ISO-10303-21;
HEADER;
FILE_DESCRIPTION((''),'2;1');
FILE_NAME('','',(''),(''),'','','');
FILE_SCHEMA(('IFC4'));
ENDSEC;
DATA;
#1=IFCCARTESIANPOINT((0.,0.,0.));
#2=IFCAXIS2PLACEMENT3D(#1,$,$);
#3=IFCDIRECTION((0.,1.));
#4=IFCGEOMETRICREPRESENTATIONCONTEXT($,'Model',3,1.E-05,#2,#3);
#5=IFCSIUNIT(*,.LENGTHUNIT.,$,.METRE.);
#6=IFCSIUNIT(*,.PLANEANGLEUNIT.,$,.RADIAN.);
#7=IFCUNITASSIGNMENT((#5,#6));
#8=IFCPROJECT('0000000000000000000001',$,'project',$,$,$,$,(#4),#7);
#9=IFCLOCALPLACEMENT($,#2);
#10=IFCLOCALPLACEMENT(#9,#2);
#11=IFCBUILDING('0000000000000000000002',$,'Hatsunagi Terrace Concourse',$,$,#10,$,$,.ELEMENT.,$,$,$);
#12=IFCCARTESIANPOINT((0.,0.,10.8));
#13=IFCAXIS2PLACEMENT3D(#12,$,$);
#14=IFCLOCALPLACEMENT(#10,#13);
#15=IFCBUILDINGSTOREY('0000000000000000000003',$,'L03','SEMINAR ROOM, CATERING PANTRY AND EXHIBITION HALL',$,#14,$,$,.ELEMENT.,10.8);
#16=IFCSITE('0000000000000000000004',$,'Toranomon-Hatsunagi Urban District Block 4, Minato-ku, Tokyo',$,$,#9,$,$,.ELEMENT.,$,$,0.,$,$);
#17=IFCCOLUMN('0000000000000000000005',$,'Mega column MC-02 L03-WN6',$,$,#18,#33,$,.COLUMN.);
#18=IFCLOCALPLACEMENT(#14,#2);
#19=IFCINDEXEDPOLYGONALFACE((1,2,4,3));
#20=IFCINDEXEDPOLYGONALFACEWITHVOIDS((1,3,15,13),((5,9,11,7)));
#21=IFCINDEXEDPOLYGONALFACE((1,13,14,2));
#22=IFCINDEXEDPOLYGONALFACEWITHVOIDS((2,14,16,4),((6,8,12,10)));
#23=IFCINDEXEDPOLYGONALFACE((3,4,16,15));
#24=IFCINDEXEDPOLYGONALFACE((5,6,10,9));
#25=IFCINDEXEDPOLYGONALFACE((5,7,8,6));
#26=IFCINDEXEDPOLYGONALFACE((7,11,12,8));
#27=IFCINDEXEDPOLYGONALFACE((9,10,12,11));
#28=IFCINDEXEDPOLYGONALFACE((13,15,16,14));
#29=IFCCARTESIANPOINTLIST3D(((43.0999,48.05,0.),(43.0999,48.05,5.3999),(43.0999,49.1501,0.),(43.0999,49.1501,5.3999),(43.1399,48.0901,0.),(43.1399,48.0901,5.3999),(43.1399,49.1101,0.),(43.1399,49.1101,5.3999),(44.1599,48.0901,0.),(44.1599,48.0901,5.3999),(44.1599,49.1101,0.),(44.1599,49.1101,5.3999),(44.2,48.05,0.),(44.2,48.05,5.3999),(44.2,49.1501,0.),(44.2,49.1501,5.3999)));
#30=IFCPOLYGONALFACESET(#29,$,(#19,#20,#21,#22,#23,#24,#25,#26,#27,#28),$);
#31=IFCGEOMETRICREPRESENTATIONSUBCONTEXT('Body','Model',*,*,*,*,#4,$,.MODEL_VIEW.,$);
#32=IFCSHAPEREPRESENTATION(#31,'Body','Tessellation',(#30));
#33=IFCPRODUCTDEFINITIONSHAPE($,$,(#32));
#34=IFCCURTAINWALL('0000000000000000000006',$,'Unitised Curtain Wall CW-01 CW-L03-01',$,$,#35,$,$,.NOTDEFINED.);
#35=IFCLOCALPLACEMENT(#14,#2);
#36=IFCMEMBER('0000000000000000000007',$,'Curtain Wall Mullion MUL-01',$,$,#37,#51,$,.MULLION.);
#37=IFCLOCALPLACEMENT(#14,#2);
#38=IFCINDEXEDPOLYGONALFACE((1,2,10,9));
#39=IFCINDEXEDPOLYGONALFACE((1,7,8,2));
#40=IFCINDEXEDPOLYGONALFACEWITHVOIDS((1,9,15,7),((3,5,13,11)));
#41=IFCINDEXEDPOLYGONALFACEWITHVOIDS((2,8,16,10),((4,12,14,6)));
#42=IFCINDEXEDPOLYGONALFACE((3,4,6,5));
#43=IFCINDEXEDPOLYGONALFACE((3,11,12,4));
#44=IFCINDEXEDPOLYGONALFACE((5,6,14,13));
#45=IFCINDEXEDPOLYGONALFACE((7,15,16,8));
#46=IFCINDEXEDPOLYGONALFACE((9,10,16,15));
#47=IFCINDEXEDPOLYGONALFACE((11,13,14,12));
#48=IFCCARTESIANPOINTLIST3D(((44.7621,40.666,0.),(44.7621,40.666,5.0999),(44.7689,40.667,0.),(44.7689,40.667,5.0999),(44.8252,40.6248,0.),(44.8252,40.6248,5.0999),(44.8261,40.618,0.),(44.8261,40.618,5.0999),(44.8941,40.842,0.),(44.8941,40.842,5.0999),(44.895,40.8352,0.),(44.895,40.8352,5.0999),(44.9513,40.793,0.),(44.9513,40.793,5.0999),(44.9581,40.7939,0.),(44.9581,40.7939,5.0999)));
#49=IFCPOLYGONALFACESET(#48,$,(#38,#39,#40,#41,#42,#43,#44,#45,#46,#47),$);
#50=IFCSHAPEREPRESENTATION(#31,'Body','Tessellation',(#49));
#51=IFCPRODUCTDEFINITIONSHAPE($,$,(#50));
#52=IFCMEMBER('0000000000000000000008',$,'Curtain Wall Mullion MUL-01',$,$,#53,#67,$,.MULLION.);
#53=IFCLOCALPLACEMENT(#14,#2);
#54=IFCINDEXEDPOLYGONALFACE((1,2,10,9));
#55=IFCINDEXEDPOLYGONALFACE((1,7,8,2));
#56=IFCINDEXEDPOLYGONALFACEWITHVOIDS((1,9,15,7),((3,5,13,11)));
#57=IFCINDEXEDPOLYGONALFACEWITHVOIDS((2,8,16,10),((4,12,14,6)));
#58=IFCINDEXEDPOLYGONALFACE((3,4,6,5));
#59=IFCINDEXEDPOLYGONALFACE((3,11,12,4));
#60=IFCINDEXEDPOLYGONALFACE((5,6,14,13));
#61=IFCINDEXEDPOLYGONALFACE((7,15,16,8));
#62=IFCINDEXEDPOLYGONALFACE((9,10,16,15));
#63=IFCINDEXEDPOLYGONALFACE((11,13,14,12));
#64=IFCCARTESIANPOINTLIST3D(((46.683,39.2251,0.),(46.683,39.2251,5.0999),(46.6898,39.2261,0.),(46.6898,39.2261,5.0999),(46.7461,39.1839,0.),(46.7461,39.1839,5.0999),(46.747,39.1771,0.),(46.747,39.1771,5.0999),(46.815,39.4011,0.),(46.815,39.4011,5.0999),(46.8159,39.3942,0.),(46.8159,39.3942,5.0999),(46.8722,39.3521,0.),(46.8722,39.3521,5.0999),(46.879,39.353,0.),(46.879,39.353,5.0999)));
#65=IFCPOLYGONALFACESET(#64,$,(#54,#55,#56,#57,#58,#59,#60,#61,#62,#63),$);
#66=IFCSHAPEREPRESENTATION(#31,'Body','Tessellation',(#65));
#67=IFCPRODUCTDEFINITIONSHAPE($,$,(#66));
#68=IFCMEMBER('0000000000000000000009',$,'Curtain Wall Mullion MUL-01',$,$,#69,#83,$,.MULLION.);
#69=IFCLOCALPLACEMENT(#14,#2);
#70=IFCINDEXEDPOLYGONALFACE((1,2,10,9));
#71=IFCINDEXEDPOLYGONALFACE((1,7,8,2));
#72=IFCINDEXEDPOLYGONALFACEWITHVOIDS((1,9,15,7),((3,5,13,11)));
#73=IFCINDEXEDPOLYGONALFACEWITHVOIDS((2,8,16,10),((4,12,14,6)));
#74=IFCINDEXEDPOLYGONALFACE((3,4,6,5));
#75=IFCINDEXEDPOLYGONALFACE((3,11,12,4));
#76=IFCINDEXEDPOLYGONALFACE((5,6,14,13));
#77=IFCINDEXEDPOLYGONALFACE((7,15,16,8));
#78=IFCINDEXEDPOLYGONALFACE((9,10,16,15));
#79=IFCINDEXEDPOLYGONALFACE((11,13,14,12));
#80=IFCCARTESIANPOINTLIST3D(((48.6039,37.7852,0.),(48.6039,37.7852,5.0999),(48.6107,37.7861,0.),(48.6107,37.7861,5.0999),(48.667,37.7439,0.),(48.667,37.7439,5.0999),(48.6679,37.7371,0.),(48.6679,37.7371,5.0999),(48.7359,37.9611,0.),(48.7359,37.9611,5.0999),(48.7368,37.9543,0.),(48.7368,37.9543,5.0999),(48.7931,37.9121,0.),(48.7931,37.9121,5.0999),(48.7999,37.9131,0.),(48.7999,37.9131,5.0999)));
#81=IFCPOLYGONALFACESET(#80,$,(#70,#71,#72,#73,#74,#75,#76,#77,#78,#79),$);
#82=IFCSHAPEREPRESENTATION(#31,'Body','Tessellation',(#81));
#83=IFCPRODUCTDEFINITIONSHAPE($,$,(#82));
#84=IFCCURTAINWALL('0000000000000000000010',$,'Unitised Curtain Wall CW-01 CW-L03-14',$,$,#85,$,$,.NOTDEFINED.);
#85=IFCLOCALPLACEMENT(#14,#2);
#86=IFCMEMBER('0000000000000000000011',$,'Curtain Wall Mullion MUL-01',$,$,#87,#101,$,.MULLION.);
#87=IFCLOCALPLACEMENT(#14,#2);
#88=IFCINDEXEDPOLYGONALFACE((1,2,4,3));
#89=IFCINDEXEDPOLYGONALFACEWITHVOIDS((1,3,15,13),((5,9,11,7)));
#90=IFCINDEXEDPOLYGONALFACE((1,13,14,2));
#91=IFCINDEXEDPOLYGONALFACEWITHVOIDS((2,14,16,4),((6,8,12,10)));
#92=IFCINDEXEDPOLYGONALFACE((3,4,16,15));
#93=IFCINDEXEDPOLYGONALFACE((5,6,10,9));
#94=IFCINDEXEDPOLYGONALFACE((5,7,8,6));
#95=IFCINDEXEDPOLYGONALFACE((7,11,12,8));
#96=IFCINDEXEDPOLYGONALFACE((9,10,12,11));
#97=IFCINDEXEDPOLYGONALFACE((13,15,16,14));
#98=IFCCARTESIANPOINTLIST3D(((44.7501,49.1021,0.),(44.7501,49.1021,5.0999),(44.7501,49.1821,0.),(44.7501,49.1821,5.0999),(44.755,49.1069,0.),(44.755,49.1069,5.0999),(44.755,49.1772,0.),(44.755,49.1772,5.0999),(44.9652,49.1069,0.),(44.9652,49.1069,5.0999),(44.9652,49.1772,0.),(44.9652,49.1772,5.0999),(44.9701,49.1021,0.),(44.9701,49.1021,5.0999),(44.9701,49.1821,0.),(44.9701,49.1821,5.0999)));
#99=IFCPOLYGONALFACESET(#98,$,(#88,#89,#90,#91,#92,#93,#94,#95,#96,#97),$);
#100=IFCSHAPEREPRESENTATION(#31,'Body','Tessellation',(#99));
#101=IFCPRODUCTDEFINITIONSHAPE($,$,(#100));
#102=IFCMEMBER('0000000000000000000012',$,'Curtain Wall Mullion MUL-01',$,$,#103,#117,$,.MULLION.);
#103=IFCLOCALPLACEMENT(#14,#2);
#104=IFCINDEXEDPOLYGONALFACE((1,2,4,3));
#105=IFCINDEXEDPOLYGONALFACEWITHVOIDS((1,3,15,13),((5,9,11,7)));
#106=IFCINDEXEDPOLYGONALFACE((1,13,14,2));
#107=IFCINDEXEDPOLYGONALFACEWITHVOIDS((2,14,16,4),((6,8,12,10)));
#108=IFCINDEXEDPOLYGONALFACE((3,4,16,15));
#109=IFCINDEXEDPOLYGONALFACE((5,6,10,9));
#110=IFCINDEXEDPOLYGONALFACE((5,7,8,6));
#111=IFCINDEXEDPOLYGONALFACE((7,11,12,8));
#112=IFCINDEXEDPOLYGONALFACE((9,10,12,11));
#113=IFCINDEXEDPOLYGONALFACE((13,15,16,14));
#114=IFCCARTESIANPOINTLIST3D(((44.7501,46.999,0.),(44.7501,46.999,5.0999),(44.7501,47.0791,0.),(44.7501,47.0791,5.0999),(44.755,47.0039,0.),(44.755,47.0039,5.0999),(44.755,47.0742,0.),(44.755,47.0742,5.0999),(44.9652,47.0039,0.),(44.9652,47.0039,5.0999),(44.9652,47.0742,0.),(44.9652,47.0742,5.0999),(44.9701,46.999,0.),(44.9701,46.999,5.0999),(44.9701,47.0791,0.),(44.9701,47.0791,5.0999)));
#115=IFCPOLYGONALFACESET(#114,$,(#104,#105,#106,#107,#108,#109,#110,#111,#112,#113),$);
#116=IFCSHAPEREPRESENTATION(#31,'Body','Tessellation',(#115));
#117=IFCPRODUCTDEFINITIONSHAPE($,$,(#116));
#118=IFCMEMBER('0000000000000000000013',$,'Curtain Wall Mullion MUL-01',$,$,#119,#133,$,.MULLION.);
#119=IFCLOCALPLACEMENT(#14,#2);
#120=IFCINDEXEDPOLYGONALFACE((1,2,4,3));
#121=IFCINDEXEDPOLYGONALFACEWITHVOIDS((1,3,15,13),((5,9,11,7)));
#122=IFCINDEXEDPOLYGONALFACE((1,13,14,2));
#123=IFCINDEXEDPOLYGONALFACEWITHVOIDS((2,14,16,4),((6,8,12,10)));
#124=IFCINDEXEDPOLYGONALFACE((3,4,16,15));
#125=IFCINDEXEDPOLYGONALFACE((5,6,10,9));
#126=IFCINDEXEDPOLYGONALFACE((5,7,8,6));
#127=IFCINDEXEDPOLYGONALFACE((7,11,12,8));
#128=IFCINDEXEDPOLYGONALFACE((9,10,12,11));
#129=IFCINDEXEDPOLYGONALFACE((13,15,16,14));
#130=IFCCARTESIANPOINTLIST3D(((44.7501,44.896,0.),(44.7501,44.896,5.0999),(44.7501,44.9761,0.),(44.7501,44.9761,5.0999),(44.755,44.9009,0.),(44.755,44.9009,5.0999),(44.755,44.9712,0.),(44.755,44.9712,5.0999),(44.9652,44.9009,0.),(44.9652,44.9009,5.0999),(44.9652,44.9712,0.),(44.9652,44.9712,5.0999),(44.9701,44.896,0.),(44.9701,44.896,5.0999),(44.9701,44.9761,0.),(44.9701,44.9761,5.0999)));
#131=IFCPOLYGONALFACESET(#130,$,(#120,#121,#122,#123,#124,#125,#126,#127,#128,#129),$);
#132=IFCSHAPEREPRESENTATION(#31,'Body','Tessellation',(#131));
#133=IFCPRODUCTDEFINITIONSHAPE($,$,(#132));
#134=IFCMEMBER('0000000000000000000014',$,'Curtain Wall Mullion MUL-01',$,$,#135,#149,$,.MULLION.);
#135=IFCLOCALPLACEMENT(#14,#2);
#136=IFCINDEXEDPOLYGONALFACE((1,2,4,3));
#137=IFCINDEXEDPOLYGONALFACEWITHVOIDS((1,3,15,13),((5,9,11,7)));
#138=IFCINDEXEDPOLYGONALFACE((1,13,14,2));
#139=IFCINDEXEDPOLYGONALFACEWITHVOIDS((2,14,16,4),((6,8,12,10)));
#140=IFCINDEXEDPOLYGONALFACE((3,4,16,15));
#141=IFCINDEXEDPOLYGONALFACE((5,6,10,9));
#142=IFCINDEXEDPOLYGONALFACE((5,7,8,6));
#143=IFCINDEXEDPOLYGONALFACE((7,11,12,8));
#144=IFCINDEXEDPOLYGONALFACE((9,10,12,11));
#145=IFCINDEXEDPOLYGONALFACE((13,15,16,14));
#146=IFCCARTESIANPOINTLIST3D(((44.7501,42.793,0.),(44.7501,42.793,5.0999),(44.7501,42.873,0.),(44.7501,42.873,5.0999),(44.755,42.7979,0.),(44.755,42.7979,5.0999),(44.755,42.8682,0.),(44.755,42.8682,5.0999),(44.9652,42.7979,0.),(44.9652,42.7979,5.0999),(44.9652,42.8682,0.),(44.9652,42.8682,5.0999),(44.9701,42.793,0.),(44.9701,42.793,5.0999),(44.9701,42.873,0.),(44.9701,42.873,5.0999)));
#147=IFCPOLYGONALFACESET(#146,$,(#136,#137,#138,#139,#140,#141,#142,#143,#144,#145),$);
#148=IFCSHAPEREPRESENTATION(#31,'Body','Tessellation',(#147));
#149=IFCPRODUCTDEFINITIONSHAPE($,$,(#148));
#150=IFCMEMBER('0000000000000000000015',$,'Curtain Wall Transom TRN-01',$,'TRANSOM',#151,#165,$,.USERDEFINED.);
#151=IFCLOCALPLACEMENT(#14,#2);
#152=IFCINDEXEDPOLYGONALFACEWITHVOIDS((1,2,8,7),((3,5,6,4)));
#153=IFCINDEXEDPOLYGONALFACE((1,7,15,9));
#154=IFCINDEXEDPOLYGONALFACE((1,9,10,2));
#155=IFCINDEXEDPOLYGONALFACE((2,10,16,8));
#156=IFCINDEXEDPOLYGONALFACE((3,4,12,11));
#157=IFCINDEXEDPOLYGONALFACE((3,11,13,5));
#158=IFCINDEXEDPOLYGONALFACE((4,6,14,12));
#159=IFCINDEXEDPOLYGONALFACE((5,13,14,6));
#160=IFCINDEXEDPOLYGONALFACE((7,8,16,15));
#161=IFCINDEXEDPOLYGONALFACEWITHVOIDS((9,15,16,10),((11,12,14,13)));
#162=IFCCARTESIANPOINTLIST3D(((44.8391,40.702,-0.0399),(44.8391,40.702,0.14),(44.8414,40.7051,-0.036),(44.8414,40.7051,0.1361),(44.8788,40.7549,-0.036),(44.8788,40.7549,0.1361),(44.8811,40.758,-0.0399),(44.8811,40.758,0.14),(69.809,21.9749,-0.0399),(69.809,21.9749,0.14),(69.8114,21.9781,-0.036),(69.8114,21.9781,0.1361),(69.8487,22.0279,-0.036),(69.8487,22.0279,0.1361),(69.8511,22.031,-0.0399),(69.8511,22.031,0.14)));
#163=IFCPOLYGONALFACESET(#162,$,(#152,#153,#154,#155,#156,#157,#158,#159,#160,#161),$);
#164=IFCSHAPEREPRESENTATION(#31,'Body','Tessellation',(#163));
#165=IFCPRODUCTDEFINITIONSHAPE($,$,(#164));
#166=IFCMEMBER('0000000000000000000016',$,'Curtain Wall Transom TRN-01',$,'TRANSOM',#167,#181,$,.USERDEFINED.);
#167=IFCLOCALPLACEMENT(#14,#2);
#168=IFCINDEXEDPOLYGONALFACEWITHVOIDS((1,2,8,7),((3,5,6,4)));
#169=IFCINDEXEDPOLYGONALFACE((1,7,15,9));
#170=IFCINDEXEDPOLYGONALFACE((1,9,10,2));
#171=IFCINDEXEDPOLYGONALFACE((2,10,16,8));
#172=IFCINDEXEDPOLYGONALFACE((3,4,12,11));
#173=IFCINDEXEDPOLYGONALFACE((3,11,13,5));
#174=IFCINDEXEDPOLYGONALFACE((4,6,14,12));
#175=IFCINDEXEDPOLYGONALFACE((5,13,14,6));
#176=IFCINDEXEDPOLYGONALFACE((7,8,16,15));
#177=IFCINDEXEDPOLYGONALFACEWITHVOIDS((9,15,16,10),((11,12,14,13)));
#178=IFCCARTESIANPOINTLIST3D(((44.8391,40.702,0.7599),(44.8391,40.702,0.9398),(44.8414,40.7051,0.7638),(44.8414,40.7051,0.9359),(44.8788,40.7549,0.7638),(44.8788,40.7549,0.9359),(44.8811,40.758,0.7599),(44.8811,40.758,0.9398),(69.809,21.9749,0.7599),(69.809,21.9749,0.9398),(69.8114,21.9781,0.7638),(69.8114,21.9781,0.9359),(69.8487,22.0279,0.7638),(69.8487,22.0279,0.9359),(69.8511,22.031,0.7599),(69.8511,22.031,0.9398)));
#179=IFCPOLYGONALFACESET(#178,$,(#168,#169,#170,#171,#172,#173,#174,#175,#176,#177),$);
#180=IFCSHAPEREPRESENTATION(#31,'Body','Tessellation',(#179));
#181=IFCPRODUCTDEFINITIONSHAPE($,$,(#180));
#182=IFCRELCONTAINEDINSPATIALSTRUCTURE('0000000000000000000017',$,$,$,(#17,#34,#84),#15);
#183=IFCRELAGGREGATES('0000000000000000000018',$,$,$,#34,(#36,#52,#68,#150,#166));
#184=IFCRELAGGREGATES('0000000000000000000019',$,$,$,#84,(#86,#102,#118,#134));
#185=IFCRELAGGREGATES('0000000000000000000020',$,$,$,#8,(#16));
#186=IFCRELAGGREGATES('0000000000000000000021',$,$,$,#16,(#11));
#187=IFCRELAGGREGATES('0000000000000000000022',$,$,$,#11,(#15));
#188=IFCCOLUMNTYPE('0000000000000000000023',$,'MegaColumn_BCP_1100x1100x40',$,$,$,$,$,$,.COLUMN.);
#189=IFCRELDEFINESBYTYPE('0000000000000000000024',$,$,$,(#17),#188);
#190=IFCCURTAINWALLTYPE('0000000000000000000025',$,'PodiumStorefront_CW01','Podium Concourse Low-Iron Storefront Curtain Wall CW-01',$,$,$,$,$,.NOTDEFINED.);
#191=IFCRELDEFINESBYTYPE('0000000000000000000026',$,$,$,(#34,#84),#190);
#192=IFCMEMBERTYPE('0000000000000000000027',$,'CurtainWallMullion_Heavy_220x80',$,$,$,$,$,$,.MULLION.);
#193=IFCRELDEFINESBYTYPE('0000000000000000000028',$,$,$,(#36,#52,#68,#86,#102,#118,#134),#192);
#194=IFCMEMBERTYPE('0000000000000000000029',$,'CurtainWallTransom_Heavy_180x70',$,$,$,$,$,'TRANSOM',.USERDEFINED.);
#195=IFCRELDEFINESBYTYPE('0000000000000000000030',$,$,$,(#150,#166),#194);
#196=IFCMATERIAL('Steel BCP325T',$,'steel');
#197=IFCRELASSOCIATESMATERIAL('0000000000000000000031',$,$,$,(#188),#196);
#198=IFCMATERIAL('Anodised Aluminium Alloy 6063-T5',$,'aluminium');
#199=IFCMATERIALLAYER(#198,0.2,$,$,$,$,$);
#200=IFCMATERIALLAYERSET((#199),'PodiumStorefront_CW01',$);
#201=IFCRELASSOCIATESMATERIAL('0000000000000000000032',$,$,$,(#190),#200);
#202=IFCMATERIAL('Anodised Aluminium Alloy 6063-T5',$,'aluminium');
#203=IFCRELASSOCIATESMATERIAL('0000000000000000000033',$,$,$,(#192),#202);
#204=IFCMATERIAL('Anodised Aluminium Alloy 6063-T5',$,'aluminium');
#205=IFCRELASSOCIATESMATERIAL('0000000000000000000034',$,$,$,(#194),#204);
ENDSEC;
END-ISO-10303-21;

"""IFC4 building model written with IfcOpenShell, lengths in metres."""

from ifc_helpers import new_model, si_unit, direction, frame, origin, origin_2d, place, context, subcontext, project, spatial, hollow_rectangle, extrude, material, layer, layer_set, material_profile, profile_set, type_object, element, aggregate, save


model = new_model("IFC4")

# Units and contexts
model_context = context("Model", 3, precision=1e-05, world=origin(), true_north=direction((0.0, 1.0)))
body_context = subcontext(model_context, "Body", "Model", "MODEL_VIEW")
ifc_project = project(units=[si_unit("LENGTHUNIT", "METRE"), si_unit("PLANEANGLEUNIT", "RADIAN")], contexts=[model_context])

# Site, building, storey
site_placement = place(None, origin())
site = spatial("IfcSite", under=ifc_project, at=site_placement, Name="Toranomon-Hatsunagi Urban District Block 4, Minato-ku, Tokyo", CompositionType="ELEMENT", RefElevation=0.0)
building_placement = place(site_placement, origin())
building = spatial("IfcBuilding", under=site, at=building_placement, Name="Hatsunagi Terrace Concourse", CompositionType="ELEMENT")
storey_placement = place(building_placement, frame((0.0, 0.0, 10.8)))
storey = spatial("IfcBuildingStorey", under=building, at=storey_placement, Name="L03", Description="SEMINAR ROOM, CATERING PANTRY AND EXHIBITION HALL", CompositionType="ELEMENT", Elevation=10.8)

# Column
ifc_material_1 = material(Name="Steel BCP325T", Category="steel")
ifc_material_profile_1 = material_profile(ifc_material_1, hollow_rectangle(XDim=1.1001, YDim=1.1001, WallThickness=0.04, at=origin_2d()), Name="BCP-1100x1100x40")
ifc_profile_set_1 = profile_set([ifc_material_profile_1], Name="Steel BCP325T")
column_type = type_object("IfcColumnType", Name="MegaColumn_BCP_1100x1100x40", PredefinedType="COLUMN", material=ifc_profile_set_1)
column_placement = place(storey_placement, frame((43.6499, 48.6001, 0.0), z_axis=(0.0, 0.0, 1.0), x_axis=(1.0, 0.0, 0.0)))
element("IfcColumn", 1, at=column_placement, inside=storey, type_object=column_type, Name="Mega column MC-02 L03-WN6", PredefinedType="COLUMN", context=body_context, shape_type="SweptSolid", body=[
    extrude(hollow_rectangle(XDim=1.1001, YDim=1.1001, WallThickness=0.04, at=origin_2d()), origin(), (0.0, 0.0, 1.0), 5.3999),
])

# Curtain walls, members
ifc_material_2 = material(Name="Anodised Aluminium Alloy 6063-T5", Category="aluminium")
ifc_layer_1 = layer(ifc_material_2, 0.2)
ifc_layer_set_1 = layer_set([ifc_layer_1], Name="PodiumStorefront_CW01")
curtain_wall_type = type_object("IfcCurtainWallType", Name="PodiumStorefront_CW01", Description="Podium Concourse Low-Iron Storefront Curtain Wall CW-01", PredefinedType="NOTDEFINED", material=ifc_layer_set_1)
curtain_wall_1_placement = place(storey_placement, origin())
curtain_wall_1 = element("IfcCurtainWall", 2, at=curtain_wall_1_placement, inside=storey, type_object=curtain_wall_type, Name="Unitised Curtain Wall CW-01 CW-L03-01", PredefinedType="NOTDEFINED")
ifc_material_3 = material(Name="Anodised Aluminium Alloy 6063-T5", Category="aluminium")
ifc_material_profile_2 = material_profile(ifc_material_3, hollow_rectangle(XDim=0.0801, YDim=0.22, WallThickness=0.0049, at=origin_2d()), Name="ALU-MUL-220x80x5")
ifc_profile_set_2 = profile_set([ifc_material_profile_2], Name="Anodised Aluminium Alloy 6063-T5")
member_type_1 = type_object("IfcMemberType", Name="CurtainWallMullion_Heavy_220x80", PredefinedType="MULLION", material=ifc_profile_set_2)
member_1_placement = place(storey_placement, frame((44.8601, 40.73, 0.0), z_axis=(0.0, 0.0, 1.0), x_axis=(0.800007, -0.59999, 0.0)))
member_1 = element("IfcMember", 3, at=member_1_placement, type_object=member_type_1, Name="Curtain Wall Mullion MUL-01", PredefinedType="MULLION", context=body_context, shape_type="SweptSolid", body=[
    extrude(hollow_rectangle(XDim=0.0801, YDim=0.22, WallThickness=0.0049, at=origin_2d()), origin(), (0.0, 0.0, 1.0), 5.0999),
])
member_2_placement = place(storey_placement, frame((46.781, 39.2891, 0.0), z_axis=(0.0, 0.0, 1.0), x_axis=(0.800007, -0.59999, 0.0)))
member_2 = element("IfcMember", 4, at=member_2_placement, type_object=member_type_1, Name="Curtain Wall Mullion MUL-01", PredefinedType="MULLION", context=body_context, shape_type="SweptSolid", body=[
    extrude(hollow_rectangle(XDim=0.0801, YDim=0.22, WallThickness=0.0049, at=origin_2d()), origin(), (0.0, 0.0, 1.0), 5.0999),
])
member_3_placement = place(storey_placement, frame((48.7019, 37.8491, 0.0), z_axis=(0.0, 0.0, 1.0), x_axis=(0.800007, -0.59999, 0.0)))
member_3 = element("IfcMember", 5, at=member_3_placement, type_object=member_type_1, Name="Curtain Wall Mullion MUL-01", PredefinedType="MULLION", context=body_context, shape_type="SweptSolid", body=[
    extrude(hollow_rectangle(XDim=0.0801, YDim=0.22, WallThickness=0.0049, at=origin_2d()), origin(), (0.0, 0.0, 1.0), 5.0999),
])
curtain_wall_2_placement = place(storey_placement, origin())
curtain_wall_2 = element("IfcCurtainWall", 6, at=curtain_wall_2_placement, inside=storey, type_object=curtain_wall_type, Name="Unitised Curtain Wall CW-01 CW-L03-14", PredefinedType="NOTDEFINED")
member_4_placement = place(storey_placement, frame((44.8601, 49.1421, 0.0), z_axis=(0.0, 0.0, 1.0), x_axis=(0.0, -1.0, 0.0)))
member_4 = element("IfcMember", 7, at=member_4_placement, type_object=member_type_1, Name="Curtain Wall Mullion MUL-01", PredefinedType="MULLION", context=body_context, shape_type="SweptSolid", body=[
    extrude(hollow_rectangle(XDim=0.0801, YDim=0.22, WallThickness=0.0049, at=origin_2d()), origin(), (0.0, 0.0, 1.0), 5.0999),
])
member_5_placement = place(storey_placement, frame((44.8601, 47.0391, 0.0), z_axis=(0.0, 0.0, 1.0), x_axis=(0.0, -1.0, 0.0)))
member_5 = element("IfcMember", 8, at=member_5_placement, type_object=member_type_1, Name="Curtain Wall Mullion MUL-01", PredefinedType="MULLION", context=body_context, shape_type="SweptSolid", body=[
    extrude(hollow_rectangle(XDim=0.0801, YDim=0.22, WallThickness=0.0049, at=origin_2d()), origin(), (0.0, 0.0, 1.0), 5.0999),
])
member_6_placement = place(storey_placement, frame((44.8601, 44.936, 0.0), z_axis=(0.0, 0.0, 1.0), x_axis=(0.0, -1.0, 0.0)))
member_6 = element("IfcMember", 9, at=member_6_placement, type_object=member_type_1, Name="Curtain Wall Mullion MUL-01", PredefinedType="MULLION", context=body_context, shape_type="SweptSolid", body=[
    extrude(hollow_rectangle(XDim=0.0801, YDim=0.22, WallThickness=0.0049, at=origin_2d()), origin(), (0.0, 0.0, 1.0), 5.0999),
])
member_7_placement = place(storey_placement, frame((44.8601, 42.833, 0.0), z_axis=(0.0, 0.0, 1.0), x_axis=(0.0, -1.0, 0.0)))
member_7 = element("IfcMember", 10, at=member_7_placement, type_object=member_type_1, Name="Curtain Wall Mullion MUL-01", PredefinedType="MULLION", context=body_context, shape_type="SweptSolid", body=[
    extrude(hollow_rectangle(XDim=0.0801, YDim=0.22, WallThickness=0.0049, at=origin_2d()), origin(), (0.0, 0.0, 1.0), 5.0999),
])

# Members
ifc_material_4 = material(Name="Anodised Aluminium Alloy 6063-T5", Category="aluminium")
ifc_material_profile_3 = material_profile(ifc_material_4, hollow_rectangle(XDim=0.0701, YDim=0.1799, WallThickness=0.0039, at=origin_2d()), Name="ALU-TRN-180x70x4")
ifc_profile_set_3 = profile_set([ifc_material_profile_3], Name="Anodised Aluminium Alloy 6063-T5")
member_type_2 = type_object("IfcMemberType", Name="CurtainWallTransom_Heavy_180x70", ElementType="TRANSOM", PredefinedType="USERDEFINED", material=ifc_profile_set_3)
member_8_placement = place(storey_placement, frame((44.8601, 40.73, 0.05), z_axis=(0.800007, -0.599991, 0.0), x_axis=(0.599991, 0.800007, 0.0)))
member_8 = element("IfcMember", 11, at=member_8_placement, type_object=member_type_2, Name="Curtain Wall Transom TRN-01", ObjectType="TRANSOM", PredefinedType="USERDEFINED", context=body_context, shape_type="SweptSolid", body=[
    extrude(hollow_rectangle(XDim=0.0701, YDim=0.1799, WallThickness=0.0039, at=origin_2d()), origin(), (0.0, 0.0, 1.0), 31.2122),
])
member_9_placement = place(storey_placement, frame((44.8601, 40.73, 0.8499), z_axis=(0.800007, -0.599991, 0.0), x_axis=(0.599991, 0.800007, 0.0)))
member_9 = element("IfcMember", 12, at=member_9_placement, type_object=member_type_2, Name="Curtain Wall Transom TRN-01", ObjectType="TRANSOM", PredefinedType="USERDEFINED", context=body_context, shape_type="SweptSolid", body=[
    extrude(hollow_rectangle(XDim=0.0701, YDim=0.1799, WallThickness=0.0039, at=origin_2d()), origin(), (0.0, 0.0, 1.0), 31.2122),
])

aggregate(curtain_wall_1, [member_1, member_2, member_3, member_8, member_9])
aggregate(curtain_wall_2, [member_4, member_5, member_6, member_7])

save(model, "model.ifc")
